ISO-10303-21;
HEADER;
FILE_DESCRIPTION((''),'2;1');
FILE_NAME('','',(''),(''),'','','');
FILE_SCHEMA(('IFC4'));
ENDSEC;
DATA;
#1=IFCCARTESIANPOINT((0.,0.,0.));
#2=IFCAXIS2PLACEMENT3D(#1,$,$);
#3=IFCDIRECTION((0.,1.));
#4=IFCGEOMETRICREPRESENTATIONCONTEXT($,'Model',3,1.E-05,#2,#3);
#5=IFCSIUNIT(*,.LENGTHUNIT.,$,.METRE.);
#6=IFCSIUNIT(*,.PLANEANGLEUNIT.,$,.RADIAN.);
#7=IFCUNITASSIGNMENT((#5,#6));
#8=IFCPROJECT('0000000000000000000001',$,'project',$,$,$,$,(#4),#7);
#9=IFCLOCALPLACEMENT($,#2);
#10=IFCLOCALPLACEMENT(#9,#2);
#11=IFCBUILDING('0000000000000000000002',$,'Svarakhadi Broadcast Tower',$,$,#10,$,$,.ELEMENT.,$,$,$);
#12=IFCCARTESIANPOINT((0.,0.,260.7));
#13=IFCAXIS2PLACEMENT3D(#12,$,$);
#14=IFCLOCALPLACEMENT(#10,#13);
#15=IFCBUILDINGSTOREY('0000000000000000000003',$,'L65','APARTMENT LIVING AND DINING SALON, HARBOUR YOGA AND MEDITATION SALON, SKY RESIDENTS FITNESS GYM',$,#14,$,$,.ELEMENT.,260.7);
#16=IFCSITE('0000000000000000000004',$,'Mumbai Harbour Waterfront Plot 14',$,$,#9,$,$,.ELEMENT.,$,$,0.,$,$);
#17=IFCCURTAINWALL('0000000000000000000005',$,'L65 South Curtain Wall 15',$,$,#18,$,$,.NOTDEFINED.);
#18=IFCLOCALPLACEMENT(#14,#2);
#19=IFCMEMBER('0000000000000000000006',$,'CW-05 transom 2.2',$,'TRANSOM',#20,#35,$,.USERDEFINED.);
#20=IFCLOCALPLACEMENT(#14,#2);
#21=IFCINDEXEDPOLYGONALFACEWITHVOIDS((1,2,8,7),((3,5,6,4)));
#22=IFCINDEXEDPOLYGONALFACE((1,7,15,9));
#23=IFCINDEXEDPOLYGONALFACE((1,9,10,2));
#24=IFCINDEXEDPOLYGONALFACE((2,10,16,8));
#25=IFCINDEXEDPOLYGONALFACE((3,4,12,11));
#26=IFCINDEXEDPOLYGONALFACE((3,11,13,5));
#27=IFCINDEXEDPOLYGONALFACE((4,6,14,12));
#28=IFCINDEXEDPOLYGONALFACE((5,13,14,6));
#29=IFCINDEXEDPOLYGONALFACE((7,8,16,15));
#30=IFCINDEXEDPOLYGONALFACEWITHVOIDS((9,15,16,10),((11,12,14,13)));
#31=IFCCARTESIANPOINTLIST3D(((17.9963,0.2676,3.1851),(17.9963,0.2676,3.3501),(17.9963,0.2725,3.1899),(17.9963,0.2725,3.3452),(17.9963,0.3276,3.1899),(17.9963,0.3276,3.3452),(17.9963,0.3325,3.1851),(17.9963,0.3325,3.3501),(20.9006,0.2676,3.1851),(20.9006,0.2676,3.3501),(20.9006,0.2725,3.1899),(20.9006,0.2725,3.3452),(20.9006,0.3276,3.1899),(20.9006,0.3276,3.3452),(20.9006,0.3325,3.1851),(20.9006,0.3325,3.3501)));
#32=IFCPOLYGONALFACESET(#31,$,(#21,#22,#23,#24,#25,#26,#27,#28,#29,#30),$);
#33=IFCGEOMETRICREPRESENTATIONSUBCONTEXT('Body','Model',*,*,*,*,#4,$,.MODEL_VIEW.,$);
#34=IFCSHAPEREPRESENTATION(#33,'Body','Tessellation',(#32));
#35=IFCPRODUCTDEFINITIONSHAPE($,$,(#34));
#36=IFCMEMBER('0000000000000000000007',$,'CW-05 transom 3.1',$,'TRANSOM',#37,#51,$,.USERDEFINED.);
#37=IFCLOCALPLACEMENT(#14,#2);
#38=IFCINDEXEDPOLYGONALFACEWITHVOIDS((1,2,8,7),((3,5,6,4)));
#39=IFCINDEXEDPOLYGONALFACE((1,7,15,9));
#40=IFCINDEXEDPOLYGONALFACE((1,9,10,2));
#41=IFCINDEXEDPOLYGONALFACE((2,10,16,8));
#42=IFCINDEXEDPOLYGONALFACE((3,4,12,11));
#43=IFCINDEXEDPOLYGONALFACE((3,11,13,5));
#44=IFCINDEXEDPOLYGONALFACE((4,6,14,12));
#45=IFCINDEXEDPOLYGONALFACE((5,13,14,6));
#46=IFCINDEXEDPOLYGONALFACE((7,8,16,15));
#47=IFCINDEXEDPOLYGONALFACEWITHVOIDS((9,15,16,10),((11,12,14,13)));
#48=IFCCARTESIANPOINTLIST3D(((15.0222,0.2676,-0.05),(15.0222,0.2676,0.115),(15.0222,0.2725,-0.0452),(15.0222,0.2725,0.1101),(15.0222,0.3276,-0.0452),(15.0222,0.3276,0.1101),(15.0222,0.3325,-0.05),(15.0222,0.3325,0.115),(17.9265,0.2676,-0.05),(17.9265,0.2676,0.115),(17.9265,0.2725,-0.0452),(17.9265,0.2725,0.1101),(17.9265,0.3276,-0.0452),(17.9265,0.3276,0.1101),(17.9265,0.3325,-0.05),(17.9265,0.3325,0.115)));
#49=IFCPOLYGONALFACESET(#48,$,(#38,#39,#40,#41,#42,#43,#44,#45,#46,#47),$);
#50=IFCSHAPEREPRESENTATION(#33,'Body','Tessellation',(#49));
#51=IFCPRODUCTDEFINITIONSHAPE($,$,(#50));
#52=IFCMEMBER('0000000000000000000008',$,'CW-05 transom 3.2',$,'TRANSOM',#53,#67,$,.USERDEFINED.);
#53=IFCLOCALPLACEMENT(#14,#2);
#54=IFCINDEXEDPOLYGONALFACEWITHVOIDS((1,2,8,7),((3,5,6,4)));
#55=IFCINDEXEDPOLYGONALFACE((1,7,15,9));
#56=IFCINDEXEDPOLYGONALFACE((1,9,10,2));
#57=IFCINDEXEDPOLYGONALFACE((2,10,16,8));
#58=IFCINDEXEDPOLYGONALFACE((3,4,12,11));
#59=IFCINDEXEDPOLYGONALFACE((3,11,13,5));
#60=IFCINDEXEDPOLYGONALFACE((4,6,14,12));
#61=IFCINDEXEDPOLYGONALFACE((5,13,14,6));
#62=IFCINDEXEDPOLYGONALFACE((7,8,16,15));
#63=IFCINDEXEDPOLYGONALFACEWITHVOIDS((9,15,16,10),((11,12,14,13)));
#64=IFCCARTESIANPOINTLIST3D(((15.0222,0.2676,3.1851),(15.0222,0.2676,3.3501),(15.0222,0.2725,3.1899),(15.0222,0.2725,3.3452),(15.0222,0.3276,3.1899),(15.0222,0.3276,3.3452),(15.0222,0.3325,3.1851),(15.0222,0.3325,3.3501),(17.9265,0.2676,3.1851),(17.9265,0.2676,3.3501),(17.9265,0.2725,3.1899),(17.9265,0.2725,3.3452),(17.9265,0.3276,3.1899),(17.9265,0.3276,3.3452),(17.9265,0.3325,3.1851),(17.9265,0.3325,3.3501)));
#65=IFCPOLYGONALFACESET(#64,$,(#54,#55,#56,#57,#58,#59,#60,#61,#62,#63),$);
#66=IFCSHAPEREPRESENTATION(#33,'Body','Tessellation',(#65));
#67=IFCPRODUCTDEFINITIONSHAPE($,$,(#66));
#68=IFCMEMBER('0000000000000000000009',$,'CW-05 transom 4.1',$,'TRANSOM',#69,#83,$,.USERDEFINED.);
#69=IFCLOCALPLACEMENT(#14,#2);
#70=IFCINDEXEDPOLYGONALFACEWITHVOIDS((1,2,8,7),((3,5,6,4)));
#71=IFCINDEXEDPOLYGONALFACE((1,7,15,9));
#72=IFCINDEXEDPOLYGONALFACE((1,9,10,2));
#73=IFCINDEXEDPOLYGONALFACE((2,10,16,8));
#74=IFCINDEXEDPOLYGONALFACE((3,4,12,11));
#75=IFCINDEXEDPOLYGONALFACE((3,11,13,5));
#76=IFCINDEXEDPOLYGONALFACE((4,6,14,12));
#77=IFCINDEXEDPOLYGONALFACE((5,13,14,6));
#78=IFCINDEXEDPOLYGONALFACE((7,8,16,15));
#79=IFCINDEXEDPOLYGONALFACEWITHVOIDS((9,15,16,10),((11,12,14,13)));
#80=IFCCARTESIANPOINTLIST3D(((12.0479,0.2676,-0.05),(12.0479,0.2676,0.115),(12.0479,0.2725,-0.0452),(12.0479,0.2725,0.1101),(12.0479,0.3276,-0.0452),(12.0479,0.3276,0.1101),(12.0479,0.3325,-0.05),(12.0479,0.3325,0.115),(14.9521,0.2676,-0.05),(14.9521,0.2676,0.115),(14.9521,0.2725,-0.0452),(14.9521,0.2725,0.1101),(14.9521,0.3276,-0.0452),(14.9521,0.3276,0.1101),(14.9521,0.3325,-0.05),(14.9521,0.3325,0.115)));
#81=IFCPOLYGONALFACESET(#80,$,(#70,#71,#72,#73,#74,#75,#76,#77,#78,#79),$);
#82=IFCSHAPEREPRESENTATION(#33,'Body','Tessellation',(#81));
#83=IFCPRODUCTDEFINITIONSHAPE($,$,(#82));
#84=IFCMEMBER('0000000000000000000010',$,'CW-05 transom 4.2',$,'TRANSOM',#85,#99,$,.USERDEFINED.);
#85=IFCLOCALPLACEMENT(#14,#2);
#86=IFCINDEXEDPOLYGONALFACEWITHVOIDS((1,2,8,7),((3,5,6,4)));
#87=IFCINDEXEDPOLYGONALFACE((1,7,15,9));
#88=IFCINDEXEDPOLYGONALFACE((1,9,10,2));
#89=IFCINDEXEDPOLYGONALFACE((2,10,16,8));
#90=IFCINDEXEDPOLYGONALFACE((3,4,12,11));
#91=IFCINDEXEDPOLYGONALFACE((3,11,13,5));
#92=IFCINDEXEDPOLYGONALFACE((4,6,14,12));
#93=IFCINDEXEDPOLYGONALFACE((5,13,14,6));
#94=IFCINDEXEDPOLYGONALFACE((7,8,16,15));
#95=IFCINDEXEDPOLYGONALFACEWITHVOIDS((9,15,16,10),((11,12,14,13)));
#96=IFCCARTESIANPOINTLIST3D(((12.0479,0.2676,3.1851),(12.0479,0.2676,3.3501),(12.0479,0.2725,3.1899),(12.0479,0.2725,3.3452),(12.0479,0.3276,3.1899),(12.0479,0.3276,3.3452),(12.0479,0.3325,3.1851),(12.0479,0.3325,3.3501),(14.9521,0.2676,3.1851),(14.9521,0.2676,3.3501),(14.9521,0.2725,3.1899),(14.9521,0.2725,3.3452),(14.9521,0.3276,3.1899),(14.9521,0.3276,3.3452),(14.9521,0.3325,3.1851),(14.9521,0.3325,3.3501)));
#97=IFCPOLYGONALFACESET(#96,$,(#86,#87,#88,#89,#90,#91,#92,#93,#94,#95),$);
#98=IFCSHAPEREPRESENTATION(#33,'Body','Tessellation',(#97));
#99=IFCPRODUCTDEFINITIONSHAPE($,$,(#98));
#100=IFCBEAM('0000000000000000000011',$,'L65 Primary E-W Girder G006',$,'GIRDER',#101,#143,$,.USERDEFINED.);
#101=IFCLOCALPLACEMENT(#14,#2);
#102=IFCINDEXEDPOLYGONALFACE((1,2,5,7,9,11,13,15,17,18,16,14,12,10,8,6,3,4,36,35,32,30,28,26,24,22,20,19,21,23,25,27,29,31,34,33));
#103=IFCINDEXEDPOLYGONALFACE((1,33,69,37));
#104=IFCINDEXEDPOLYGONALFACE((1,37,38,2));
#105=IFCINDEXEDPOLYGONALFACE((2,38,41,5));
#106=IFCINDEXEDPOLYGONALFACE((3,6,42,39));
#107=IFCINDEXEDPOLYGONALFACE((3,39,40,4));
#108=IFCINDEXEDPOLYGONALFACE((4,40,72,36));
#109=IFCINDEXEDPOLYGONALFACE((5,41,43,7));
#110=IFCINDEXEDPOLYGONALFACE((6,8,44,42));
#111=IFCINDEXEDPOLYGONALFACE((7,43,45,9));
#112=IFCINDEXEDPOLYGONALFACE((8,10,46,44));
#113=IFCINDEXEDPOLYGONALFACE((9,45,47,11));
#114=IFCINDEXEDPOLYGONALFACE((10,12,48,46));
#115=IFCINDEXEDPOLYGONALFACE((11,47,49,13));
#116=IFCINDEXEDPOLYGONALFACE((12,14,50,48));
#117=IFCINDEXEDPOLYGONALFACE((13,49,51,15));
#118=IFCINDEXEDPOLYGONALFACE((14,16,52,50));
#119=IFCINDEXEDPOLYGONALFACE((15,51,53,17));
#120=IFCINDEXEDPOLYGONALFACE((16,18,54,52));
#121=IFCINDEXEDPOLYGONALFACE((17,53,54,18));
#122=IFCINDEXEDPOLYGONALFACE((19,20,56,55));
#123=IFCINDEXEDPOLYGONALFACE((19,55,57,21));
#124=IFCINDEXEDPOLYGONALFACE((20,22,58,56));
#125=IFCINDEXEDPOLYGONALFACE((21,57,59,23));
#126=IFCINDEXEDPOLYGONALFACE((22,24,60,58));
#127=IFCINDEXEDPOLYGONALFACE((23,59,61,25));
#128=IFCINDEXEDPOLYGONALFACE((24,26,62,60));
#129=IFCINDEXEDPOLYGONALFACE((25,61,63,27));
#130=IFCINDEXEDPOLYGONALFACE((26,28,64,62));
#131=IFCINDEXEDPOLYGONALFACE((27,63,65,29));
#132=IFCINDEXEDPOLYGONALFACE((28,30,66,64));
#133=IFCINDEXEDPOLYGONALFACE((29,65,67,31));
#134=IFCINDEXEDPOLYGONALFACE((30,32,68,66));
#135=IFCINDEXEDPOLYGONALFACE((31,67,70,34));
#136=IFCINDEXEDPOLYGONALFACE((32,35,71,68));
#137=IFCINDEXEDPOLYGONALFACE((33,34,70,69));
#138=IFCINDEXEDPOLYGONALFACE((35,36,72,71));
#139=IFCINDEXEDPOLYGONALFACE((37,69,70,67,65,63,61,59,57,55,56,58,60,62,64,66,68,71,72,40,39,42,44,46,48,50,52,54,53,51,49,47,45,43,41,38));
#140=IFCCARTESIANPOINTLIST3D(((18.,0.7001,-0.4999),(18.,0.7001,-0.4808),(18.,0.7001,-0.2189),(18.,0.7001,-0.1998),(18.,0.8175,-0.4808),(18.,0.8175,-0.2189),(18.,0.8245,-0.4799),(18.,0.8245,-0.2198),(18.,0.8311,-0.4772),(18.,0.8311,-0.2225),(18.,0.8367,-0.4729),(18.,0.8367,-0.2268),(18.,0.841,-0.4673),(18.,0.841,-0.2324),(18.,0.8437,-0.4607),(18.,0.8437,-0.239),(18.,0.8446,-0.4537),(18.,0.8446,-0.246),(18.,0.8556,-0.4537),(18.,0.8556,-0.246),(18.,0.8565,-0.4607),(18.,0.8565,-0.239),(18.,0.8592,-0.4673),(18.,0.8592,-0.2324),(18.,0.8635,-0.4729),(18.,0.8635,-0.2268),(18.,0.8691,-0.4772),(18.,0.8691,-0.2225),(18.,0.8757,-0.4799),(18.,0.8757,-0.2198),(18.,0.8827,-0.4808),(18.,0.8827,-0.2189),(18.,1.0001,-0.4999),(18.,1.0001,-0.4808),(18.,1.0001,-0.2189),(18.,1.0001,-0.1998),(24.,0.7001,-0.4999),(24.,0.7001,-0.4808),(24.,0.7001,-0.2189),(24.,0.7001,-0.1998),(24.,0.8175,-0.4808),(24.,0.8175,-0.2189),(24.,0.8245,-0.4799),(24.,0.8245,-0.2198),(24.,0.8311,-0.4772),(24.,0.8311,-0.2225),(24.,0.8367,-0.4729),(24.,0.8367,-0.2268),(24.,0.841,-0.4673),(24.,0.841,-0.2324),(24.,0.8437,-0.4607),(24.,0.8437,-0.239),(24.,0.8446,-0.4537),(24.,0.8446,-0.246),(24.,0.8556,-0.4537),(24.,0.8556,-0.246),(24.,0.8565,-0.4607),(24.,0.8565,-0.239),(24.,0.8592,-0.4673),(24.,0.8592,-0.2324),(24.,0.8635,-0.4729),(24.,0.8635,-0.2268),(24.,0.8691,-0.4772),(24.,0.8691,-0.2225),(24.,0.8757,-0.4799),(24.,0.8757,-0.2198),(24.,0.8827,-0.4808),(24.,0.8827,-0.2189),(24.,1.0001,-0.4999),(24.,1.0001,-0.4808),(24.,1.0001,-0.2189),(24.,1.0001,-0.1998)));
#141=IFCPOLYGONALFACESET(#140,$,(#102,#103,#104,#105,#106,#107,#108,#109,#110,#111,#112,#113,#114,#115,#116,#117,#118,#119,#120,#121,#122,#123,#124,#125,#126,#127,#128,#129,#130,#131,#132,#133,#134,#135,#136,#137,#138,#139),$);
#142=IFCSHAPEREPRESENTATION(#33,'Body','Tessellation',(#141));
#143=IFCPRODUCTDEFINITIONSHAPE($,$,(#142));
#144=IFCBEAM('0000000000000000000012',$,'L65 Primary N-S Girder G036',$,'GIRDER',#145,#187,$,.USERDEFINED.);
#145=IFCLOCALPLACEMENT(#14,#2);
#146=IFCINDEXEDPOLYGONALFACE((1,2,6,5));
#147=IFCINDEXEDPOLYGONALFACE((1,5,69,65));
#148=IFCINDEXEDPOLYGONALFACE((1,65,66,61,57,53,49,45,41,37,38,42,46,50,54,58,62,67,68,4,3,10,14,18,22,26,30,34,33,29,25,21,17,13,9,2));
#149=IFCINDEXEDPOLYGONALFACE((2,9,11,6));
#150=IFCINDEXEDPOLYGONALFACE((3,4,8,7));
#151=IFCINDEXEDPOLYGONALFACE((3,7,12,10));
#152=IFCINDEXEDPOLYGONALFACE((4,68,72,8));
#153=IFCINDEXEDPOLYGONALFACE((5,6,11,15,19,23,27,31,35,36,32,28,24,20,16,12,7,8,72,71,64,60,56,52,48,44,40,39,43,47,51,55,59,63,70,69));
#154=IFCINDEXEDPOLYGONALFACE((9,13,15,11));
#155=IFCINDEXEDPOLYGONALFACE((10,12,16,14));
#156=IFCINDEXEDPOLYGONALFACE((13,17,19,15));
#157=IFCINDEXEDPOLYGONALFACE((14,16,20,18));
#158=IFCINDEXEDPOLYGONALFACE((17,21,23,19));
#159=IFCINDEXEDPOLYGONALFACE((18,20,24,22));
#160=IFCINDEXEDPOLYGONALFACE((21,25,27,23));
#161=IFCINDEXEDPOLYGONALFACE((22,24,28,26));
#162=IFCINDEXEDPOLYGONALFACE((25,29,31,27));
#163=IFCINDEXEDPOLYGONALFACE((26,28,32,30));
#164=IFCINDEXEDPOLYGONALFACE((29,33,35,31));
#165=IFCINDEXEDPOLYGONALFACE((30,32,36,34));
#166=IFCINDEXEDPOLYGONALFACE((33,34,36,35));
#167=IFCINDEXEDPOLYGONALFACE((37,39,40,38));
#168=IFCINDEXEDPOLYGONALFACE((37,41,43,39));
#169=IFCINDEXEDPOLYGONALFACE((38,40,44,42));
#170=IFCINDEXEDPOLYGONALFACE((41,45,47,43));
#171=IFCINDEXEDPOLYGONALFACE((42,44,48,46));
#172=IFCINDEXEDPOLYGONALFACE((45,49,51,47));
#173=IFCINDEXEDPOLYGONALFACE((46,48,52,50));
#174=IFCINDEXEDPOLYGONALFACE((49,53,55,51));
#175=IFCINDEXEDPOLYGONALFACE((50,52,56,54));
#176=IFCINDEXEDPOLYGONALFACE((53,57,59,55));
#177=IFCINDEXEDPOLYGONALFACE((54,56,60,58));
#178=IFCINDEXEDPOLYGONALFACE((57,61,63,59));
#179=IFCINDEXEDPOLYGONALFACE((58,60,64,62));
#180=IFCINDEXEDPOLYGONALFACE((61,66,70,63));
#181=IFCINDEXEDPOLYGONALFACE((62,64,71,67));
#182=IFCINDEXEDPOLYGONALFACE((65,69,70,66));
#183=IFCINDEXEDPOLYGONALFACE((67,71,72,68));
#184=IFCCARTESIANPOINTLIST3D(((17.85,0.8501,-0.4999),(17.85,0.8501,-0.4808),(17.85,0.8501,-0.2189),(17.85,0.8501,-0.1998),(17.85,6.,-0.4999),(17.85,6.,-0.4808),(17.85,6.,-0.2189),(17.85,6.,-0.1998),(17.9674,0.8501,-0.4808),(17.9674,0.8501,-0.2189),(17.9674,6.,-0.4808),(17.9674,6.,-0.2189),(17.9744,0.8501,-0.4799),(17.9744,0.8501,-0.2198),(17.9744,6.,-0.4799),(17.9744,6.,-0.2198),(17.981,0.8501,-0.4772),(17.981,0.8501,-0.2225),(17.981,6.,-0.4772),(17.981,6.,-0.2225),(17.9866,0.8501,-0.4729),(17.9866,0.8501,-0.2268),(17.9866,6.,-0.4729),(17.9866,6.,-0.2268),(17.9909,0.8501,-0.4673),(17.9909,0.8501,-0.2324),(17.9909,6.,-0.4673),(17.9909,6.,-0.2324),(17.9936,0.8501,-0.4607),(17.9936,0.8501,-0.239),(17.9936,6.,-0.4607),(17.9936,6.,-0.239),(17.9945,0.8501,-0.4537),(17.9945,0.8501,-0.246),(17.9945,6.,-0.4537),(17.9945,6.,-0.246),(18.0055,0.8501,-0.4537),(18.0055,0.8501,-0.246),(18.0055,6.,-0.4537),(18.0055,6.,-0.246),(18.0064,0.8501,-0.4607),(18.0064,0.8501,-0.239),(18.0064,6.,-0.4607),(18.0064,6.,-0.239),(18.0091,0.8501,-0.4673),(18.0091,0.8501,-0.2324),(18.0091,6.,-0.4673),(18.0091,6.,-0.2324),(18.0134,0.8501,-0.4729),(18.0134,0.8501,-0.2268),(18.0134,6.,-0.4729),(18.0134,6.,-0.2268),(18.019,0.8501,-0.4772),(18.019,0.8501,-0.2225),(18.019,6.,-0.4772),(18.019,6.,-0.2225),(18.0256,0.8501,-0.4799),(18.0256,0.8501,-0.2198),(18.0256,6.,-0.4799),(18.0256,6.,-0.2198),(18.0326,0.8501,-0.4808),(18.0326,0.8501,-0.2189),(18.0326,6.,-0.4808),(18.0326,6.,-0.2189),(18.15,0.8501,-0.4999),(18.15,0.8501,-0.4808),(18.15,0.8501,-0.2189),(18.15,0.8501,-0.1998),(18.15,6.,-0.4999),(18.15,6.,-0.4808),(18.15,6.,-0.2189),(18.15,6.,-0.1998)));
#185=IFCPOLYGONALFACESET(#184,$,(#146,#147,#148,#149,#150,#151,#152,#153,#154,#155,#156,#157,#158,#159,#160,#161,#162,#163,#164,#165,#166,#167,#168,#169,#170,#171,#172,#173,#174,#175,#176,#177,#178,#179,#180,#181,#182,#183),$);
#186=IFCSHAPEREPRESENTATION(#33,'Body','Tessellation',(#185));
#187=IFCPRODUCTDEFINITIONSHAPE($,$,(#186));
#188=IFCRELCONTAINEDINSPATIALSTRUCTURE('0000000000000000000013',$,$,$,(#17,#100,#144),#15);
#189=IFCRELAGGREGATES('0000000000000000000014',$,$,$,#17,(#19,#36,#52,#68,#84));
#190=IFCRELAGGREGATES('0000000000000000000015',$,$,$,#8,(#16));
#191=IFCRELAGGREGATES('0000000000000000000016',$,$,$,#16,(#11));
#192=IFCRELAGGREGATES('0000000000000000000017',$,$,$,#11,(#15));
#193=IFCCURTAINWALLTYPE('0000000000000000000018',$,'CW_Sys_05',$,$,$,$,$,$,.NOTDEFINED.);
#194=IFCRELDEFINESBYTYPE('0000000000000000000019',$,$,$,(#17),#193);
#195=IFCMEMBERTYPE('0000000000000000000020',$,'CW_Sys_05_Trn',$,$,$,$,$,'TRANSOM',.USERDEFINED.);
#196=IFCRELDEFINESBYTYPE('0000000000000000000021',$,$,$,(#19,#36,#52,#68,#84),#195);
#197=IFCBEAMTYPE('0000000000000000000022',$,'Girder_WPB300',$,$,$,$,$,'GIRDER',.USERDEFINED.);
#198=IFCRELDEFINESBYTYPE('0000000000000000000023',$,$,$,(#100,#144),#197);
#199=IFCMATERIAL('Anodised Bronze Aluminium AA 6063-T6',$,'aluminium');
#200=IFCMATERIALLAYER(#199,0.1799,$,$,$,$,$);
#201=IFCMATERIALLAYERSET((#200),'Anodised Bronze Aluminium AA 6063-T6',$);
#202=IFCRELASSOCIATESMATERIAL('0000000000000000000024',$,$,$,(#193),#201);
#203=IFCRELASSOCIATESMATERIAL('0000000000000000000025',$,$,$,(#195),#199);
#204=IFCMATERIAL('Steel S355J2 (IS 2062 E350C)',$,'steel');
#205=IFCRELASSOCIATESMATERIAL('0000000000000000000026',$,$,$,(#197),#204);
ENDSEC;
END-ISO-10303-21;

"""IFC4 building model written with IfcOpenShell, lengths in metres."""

from ifc_helpers import new_model, si_unit, direction, frame, origin, origin_2d, place, context, subcontext, project, spatial, hollow_rectangle, i_section, extrude, material, layer, layer_set, material_profile, profile_set, type_object, element, aggregate, save


model = new_model("IFC4")

# Units and contexts
model_context = context("Model", 3, precision=1e-05, world=origin(), true_north=direction((0.0, 1.0)))
body_context = subcontext(model_context, "Body", "Model", "MODEL_VIEW")
ifc_project = project(units=[si_unit("LENGTHUNIT", "METRE"), si_unit("PLANEANGLEUNIT", "RADIAN")], contexts=[model_context])

# Site, building, storey
site_placement = place(None, origin())
site = spatial("IfcSite", under=ifc_project, at=site_placement, Name="Mumbai Harbour Waterfront Plot 14", CompositionType="ELEMENT", RefElevation=0.0)
building_placement = place(site_placement, origin())
building = spatial("IfcBuilding", under=site, at=building_placement, Name="Svarakhadi Broadcast Tower", CompositionType="ELEMENT")
storey_placement = place(building_placement, frame((0.0, 0.0, 260.7)))
storey = spatial("IfcBuildingStorey", under=building, at=storey_placement, Name="L65", Description="APARTMENT LIVING AND DINING SALON, HARBOUR YOGA AND MEDITATION SALON, SKY RESIDENTS FITNESS GYM", CompositionType="ELEMENT", Elevation=260.7)

# Curtain wall, members
ifc_material_1 = material(Name="Anodised Bronze Aluminium AA 6063-T6", Category="aluminium")
ifc_layer_1 = layer(ifc_material_1, 0.1799)
ifc_layer_set_1 = layer_set([ifc_layer_1], Name="Anodised Bronze Aluminium AA 6063-T6")
curtain_wall_type = type_object("IfcCurtainWallType", Name="CW_Sys_05", PredefinedType="NOTDEFINED", material=ifc_layer_set_1)
curtain_wall_placement = place(storey_placement, origin())
curtain_wall = element("IfcCurtainWall", 1, at=curtain_wall_placement, inside=storey, type_object=curtain_wall_type, Name="L65 South Curtain Wall 15", PredefinedType="NOTDEFINED")
ifc_material_profile_1 = material_profile(ifc_material_1, hollow_rectangle(XDim=0.0649, YDim=0.165, WallThickness=0.0049, at=origin_2d()), Name="ALU TRANSOM 165x65x5")
ifc_profile_set_1 = profile_set([ifc_material_profile_1], Name="Anodised Bronze Aluminium AA 6063-T6")
member_type_1 = type_object("IfcMemberType", Name="CW_Sys_05_Trn", ElementType="TRANSOM", PredefinedType="USERDEFINED", material=ifc_profile_set_1)
member_1_placement = place(storey_placement, frame((20.9006, 0.3, 3.2676), z_axis=(-1.0, 0.0, 0.0), x_axis=(0.0, -1.0, 0.0)))
member_1 = element("IfcMember", 2, at=member_1_placement, type_object=member_type_1, Name="CW-05 transom 2.2", ObjectType="TRANSOM", PredefinedType="USERDEFINED", context=body_context, shape_type="SweptSolid", body=[
    extrude(hollow_rectangle(XDim=0.0649, YDim=0.165, WallThickness=0.0049, at=origin_2d()), origin(), (0.0, 0.0, 1.0), 2.9043),
])
member_2_placement = place(storey_placement, frame((17.9265, 0.3, 0.0325), z_axis=(-1.0, 0.0, 0.0), x_axis=(0.0, -1.0, 0.0)))
member_2 = element("IfcMember", 3, at=member_2_placement, type_object=member_type_1, Name="CW-05 transom 3.1", ObjectType="TRANSOM", PredefinedType="USERDEFINED", context=body_context, shape_type="SweptSolid", body=[
    extrude(hollow_rectangle(XDim=0.0649, YDim=0.165, WallThickness=0.0049, at=origin_2d()), origin(), (0.0, 0.0, 1.0), 2.9043),
])
member_3_placement = place(storey_placement, frame((17.9265, 0.3, 3.2676), z_axis=(-1.0, 0.0, 0.0), x_axis=(0.0, -1.0, 0.0)))
member_3 = element("IfcMember", 4, at=member_3_placement, type_object=member_type_1, Name="CW-05 transom 3.2", ObjectType="TRANSOM", PredefinedType="USERDEFINED", context=body_context, shape_type="SweptSolid", body=[
    extrude(hollow_rectangle(XDim=0.0649, YDim=0.165, WallThickness=0.0049, at=origin_2d()), origin(), (0.0, 0.0, 1.0), 2.9043),
])
member_4_placement = place(storey_placement, frame((14.9521, 0.3, 0.0325), z_axis=(-1.0, 0.0, 0.0), x_axis=(0.0, -1.0, 0.0)))
member_4 = element("IfcMember", 5, at=member_4_placement, type_object=member_type_1, Name="CW-05 transom 4.1", ObjectType="TRANSOM", PredefinedType="USERDEFINED", context=body_context, shape_type="SweptSolid", body=[
    extrude(hollow_rectangle(XDim=0.0649, YDim=0.165, WallThickness=0.0049, at=origin_2d()), origin(), (0.0, 0.0, 1.0), 2.9043),
])
member_5_placement = place(storey_placement, frame((14.9521, 0.3, 3.2676), z_axis=(-1.0, 0.0, 0.0), x_axis=(0.0, -1.0, 0.0)))
member_5 = element("IfcMember", 6, at=member_5_placement, type_object=member_type_1, Name="CW-05 transom 4.2", ObjectType="TRANSOM", PredefinedType="USERDEFINED", context=body_context, shape_type="SweptSolid", body=[
    extrude(hollow_rectangle(XDim=0.0649, YDim=0.165, WallThickness=0.0049, at=origin_2d()), origin(), (0.0, 0.0, 1.0), 2.9043),
])

# Beams
ifc_material_2 = material(Name="Steel S355J2 (IS 2062 E350C)", Category="steel")
ifc_material_profile_2 = material_profile(ifc_material_2, i_section(OverallWidth=0.3, OverallDepth=0.3, WebThickness=0.011, FlangeThickness=0.019, FilletRadius=0.0271, at=origin_2d()), Name="WPB 300x300x117")
ifc_profile_set_2 = profile_set([ifc_material_profile_2], Name="Steel S355J2 (IS 2062 E350C)")
beam_type_1 = type_object("IfcBeamType", Name="Girder_WPB300", ElementType="GIRDER", PredefinedType="USERDEFINED", material=ifc_profile_set_2)
beam_1_placement = place(storey_placement, frame((18.0, 0.8501, -0.3499), z_axis=(1.0, 0.0, 0.0), x_axis=(0.0, 1.0, 0.0)))
element("IfcBeam", 7, at=beam_1_placement, inside=storey, type_object=beam_type_1, Name="L65 Primary E-W Girder G006", ObjectType="GIRDER", PredefinedType="USERDEFINED", context=body_context, shape_type="SweptSolid", body=[
    extrude(i_section(OverallWidth=0.3, OverallDepth=0.3, WebThickness=0.011, FlangeThickness=0.019, FilletRadius=0.0271, at=origin_2d()), origin(), (0.0, 0.0, 1.0), 6.0),
])
beam_2_placement = place(storey_placement, frame((18.0, 0.8501, -0.3499), z_axis=(0.0, 1.0, 0.0), x_axis=(-1.0, 0.0, 0.0)))
element("IfcBeam", 8, at=beam_2_placement, inside=storey, type_object=beam_type_1, Name="L65 Primary N-S Girder G036", ObjectType="GIRDER", PredefinedType="USERDEFINED", context=body_context, shape_type="SweptSolid", body=[
    extrude(i_section(OverallWidth=0.3, OverallDepth=0.3, WebThickness=0.011, FlangeThickness=0.019, FilletRadius=0.0271, at=origin_2d()), origin(), (0.0, 0.0, 1.0), 5.1499),
])

aggregate(curtain_wall, [member_1, member_2, member_3, member_4, member_5])

save(model, "model.ifc")
